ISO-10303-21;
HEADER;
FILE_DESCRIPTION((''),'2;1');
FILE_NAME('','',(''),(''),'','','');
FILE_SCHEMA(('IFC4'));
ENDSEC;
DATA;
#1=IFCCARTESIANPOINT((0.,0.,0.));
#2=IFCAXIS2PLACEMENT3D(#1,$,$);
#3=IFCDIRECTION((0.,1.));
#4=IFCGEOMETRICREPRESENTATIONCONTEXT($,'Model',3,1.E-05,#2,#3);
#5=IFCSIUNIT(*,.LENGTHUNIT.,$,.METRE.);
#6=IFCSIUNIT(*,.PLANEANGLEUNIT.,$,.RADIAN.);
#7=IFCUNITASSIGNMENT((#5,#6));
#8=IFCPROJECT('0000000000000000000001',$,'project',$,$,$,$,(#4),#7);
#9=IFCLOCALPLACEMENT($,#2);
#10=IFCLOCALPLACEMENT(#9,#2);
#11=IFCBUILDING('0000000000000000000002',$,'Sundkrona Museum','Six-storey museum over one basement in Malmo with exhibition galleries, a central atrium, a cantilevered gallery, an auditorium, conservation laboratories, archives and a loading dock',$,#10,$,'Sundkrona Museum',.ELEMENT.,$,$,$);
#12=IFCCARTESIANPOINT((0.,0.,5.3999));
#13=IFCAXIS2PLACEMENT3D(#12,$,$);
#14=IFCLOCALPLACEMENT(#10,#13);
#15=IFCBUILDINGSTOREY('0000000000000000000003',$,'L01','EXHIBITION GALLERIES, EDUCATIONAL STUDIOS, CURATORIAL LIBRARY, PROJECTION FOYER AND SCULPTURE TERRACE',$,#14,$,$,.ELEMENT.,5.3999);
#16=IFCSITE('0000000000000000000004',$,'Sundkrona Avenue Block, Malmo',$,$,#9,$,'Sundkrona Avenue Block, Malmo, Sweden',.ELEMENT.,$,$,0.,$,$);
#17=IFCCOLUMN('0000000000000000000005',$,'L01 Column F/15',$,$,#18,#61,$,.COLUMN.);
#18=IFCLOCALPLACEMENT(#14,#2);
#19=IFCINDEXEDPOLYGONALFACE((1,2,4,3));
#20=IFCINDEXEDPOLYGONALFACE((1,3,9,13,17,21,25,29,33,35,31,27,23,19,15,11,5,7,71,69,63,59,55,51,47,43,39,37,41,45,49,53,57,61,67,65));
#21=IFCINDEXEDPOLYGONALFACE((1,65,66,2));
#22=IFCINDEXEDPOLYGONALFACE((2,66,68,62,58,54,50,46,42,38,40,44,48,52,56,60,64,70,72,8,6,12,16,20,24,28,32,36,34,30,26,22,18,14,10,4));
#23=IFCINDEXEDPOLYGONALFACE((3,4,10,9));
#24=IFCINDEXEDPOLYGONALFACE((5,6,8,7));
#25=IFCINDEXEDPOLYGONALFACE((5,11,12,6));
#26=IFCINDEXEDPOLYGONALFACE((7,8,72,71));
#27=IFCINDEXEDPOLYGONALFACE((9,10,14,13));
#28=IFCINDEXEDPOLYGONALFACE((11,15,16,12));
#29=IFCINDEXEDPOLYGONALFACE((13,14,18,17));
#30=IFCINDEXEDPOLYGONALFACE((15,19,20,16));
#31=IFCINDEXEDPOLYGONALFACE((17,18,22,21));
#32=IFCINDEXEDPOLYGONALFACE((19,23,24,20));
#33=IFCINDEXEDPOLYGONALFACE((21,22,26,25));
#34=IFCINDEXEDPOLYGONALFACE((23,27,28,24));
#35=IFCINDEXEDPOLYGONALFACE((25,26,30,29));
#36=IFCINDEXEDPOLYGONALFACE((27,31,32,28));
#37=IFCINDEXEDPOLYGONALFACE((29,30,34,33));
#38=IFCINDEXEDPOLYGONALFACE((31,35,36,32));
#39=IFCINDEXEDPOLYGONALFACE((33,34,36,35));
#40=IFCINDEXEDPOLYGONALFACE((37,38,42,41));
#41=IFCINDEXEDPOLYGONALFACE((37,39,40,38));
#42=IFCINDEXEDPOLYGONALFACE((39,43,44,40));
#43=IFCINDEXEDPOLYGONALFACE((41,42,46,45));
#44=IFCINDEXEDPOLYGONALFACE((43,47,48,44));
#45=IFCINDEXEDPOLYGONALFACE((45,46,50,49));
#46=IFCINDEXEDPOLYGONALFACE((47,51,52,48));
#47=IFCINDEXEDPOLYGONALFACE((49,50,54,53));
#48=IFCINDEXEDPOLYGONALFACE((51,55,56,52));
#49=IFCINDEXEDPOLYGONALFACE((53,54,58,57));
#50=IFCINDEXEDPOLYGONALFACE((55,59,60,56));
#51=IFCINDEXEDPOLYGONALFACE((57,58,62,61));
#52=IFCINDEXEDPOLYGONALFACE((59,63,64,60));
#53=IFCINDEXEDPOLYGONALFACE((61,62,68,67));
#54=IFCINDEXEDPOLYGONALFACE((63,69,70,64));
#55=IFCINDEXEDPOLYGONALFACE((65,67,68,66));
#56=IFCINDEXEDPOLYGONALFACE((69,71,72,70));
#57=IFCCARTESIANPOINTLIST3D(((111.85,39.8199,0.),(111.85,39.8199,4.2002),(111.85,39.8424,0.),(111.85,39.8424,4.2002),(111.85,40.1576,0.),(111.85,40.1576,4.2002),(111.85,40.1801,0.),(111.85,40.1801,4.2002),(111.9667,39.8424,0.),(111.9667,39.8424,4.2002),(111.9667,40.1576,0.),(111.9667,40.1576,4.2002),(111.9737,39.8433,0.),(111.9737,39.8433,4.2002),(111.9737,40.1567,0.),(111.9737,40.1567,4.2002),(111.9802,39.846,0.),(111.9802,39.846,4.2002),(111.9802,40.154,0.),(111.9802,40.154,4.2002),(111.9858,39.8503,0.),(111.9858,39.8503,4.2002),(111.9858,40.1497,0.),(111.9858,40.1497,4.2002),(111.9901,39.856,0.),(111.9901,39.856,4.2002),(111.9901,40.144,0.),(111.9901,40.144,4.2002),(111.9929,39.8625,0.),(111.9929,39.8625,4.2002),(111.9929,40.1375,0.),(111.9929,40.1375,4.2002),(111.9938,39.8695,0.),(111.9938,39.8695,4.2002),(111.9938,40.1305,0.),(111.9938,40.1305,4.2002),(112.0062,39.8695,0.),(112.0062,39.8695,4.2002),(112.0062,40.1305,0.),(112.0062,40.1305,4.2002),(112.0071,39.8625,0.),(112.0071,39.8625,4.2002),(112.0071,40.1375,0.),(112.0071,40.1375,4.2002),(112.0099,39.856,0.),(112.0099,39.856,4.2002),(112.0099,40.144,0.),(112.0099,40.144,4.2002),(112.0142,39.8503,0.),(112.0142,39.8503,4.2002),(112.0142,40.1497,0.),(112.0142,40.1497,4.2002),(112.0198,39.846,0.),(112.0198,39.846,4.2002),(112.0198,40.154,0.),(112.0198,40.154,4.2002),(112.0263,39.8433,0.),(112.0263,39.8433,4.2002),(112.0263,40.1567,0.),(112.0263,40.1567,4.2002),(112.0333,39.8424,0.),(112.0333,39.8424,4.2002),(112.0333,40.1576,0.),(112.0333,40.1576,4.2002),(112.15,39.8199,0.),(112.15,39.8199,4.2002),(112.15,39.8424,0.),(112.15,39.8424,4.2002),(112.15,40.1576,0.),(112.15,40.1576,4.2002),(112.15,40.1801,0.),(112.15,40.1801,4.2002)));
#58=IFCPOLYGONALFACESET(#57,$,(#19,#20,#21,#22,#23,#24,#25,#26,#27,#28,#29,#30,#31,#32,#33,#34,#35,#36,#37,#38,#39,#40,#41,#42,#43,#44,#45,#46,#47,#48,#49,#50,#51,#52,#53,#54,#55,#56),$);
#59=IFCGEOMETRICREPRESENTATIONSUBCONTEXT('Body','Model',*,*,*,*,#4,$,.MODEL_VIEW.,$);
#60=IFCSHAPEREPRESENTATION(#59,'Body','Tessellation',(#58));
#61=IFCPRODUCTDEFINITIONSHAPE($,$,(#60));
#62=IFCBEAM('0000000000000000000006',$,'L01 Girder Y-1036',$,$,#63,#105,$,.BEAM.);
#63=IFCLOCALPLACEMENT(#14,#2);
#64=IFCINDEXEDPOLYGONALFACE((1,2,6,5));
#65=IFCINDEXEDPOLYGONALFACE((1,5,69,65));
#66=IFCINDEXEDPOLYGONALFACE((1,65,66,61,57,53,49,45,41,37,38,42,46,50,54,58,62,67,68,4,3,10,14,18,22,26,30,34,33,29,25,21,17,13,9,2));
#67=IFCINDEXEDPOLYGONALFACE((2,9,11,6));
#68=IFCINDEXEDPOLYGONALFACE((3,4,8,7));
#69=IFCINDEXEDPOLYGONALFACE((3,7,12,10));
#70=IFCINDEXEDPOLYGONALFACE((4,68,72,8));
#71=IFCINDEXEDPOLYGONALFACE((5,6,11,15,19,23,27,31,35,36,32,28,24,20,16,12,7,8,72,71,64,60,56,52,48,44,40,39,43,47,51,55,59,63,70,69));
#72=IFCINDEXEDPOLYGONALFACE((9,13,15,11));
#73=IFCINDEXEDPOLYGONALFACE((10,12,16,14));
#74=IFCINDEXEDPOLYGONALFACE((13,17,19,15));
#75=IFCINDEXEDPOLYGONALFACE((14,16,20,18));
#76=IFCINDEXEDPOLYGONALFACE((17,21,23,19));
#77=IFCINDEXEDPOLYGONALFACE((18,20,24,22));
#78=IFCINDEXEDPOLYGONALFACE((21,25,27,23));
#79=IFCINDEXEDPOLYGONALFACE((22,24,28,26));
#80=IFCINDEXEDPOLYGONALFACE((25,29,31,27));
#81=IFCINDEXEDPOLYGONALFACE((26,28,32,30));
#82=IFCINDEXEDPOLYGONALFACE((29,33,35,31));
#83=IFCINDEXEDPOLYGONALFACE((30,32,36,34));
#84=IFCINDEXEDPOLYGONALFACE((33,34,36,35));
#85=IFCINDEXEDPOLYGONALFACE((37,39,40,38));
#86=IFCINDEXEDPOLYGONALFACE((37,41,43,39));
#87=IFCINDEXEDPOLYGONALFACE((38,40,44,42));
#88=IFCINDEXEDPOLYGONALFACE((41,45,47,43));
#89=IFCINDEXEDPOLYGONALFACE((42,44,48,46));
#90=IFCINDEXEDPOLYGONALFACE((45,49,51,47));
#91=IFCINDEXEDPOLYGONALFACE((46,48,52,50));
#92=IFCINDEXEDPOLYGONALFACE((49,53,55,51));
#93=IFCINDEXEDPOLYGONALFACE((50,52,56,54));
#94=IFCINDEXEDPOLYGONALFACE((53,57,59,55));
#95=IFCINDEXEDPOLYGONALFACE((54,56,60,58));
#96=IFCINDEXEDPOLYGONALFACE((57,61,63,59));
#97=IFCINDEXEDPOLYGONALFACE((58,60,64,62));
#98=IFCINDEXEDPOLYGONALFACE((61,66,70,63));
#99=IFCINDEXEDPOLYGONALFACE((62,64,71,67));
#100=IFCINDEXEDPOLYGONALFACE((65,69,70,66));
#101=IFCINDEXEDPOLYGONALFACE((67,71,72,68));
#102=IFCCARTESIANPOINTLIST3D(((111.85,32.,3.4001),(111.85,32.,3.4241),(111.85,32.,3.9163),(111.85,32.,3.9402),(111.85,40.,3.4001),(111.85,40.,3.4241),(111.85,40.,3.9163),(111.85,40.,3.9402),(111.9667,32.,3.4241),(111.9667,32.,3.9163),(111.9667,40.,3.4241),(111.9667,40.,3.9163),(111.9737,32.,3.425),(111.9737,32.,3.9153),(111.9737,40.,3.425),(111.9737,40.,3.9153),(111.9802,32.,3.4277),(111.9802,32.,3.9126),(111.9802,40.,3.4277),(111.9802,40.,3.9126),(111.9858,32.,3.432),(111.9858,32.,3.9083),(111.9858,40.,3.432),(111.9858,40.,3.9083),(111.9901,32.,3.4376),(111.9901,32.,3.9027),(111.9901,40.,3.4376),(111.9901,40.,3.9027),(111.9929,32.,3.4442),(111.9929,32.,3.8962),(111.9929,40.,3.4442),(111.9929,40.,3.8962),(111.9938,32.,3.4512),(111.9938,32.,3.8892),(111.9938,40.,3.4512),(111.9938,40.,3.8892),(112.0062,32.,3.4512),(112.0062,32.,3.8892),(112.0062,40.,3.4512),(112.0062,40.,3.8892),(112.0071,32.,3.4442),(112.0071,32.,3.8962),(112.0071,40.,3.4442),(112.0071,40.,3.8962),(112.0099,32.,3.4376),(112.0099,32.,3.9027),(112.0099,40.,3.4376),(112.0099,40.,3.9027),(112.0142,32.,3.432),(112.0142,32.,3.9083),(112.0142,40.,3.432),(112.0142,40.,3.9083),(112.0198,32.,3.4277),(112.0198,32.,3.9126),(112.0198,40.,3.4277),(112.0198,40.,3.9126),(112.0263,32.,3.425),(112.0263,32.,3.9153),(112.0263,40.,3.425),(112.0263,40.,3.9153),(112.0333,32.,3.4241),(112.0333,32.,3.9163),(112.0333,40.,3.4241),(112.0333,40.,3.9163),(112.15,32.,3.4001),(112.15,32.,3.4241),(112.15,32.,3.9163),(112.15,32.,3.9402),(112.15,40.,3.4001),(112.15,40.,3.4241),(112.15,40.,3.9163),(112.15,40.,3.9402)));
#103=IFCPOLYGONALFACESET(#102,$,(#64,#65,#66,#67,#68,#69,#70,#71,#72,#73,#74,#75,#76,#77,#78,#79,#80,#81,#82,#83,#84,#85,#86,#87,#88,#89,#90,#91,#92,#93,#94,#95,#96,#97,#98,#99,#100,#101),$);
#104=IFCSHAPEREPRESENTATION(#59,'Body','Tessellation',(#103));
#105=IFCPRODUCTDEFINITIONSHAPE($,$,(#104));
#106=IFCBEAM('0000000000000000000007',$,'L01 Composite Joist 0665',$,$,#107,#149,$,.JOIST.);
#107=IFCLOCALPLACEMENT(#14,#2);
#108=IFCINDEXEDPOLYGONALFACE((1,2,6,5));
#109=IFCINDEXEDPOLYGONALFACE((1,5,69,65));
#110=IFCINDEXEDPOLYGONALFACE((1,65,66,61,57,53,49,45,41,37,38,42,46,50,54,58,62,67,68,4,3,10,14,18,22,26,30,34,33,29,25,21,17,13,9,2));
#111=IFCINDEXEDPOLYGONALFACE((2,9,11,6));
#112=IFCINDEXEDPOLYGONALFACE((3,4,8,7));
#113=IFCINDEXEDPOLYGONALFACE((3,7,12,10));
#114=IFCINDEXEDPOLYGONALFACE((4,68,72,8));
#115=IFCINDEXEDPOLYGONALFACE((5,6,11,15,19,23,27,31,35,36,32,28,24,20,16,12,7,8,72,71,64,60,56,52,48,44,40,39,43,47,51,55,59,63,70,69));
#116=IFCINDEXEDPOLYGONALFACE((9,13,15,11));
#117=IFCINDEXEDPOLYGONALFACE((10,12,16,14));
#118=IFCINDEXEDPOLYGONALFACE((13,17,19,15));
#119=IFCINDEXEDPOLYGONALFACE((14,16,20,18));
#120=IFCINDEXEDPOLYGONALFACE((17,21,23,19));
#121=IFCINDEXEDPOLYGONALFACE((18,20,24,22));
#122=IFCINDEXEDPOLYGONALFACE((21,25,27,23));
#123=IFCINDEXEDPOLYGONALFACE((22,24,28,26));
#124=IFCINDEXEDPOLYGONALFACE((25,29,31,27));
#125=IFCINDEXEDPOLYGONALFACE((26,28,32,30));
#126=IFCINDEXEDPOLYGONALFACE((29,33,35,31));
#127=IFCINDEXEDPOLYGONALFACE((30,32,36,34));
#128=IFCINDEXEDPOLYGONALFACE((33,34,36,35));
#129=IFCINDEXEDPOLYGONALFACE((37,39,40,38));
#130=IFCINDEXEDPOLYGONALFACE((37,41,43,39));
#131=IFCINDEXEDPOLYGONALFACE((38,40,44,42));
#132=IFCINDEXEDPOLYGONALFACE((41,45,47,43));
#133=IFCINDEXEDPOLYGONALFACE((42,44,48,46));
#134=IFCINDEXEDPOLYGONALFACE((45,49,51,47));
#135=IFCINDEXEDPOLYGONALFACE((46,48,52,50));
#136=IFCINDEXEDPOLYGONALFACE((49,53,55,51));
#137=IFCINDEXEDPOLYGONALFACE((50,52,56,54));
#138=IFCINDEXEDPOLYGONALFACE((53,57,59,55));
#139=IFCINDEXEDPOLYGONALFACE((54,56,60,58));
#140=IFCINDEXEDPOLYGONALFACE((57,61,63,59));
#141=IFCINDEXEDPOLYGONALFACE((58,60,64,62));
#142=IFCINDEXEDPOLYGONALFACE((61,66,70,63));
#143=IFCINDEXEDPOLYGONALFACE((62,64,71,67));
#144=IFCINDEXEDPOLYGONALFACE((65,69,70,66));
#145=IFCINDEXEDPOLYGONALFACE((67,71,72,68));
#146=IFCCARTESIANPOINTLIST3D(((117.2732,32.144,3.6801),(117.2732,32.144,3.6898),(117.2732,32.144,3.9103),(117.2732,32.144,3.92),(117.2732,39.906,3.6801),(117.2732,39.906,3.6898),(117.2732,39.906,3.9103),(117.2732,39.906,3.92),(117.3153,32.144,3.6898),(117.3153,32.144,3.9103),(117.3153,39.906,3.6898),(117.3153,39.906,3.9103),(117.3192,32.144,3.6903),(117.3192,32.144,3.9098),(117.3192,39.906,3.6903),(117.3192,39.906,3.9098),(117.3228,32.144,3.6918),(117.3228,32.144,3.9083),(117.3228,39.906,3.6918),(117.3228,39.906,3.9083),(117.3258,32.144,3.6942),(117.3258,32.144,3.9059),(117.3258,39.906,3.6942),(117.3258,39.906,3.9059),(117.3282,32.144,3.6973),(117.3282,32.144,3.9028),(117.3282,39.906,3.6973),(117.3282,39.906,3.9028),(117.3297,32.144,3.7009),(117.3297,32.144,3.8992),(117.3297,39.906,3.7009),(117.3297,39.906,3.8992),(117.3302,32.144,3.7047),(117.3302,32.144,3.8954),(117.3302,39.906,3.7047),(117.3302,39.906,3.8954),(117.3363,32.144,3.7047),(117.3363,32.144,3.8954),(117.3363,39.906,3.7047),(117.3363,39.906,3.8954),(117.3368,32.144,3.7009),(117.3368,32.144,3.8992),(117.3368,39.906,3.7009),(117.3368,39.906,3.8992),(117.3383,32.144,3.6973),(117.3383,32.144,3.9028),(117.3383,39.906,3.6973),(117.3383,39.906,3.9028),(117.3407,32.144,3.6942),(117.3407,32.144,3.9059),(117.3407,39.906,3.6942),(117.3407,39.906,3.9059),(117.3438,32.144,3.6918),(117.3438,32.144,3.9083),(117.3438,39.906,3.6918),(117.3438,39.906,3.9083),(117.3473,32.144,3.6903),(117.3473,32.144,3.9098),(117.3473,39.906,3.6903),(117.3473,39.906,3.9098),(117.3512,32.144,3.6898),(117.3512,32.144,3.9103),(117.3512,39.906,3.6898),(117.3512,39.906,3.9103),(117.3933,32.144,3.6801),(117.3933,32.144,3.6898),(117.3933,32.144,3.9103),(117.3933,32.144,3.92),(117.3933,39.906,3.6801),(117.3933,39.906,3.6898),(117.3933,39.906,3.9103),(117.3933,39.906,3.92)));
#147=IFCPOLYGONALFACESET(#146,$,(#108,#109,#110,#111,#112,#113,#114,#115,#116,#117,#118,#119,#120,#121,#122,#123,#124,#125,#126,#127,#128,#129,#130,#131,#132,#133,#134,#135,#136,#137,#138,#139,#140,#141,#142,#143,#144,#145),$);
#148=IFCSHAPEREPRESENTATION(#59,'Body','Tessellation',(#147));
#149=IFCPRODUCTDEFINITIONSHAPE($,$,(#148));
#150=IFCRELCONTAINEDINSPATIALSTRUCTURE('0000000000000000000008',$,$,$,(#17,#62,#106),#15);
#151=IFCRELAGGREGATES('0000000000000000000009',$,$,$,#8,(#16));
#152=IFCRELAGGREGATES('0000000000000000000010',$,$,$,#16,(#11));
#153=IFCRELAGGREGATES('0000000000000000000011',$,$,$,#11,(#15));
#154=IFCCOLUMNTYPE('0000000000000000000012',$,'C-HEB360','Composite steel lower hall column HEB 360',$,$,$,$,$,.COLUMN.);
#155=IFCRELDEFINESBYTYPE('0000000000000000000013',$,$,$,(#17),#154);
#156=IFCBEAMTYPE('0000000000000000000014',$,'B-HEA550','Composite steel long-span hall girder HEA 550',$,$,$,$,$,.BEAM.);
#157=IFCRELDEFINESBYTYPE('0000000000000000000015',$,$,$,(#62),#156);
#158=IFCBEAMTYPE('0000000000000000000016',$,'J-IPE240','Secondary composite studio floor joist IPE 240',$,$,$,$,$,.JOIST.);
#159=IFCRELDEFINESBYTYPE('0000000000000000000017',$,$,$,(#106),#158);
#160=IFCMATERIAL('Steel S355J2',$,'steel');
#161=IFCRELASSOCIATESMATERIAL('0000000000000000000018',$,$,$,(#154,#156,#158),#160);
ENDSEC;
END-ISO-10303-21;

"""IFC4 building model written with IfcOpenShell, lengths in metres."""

from ifc_helpers import new_model, si_unit, direction, frame, origin, origin_2d, place, context, subcontext, project, spatial, i_section, extrude, material, material_profile, profile_set, type_object, element, save


model = new_model("IFC4")

# Units and contexts
model_context = context("Model", 3, precision=1e-05, world=origin(), true_north=direction((0.0, 1.0)))
body_context = subcontext(model_context, "Body", "Model", "MODEL_VIEW")
ifc_project = project(units=[si_unit("LENGTHUNIT", "METRE"), si_unit("PLANEANGLEUNIT", "RADIAN")], contexts=[model_context])

# Site, building, storey
site_placement = place(None, origin())
site = spatial("IfcSite", under=ifc_project, at=site_placement, Name="Sundkrona Avenue Block, Malmo", LongName="Sundkrona Avenue Block, Malmo, Sweden", CompositionType="ELEMENT", RefElevation=0.0)
building_placement = place(site_placement, origin())
building = spatial("IfcBuilding", under=site, at=building_placement, Name="Sundkrona Museum", Description="Six-storey museum over one basement in Malmo with exhibition galleries, a central atrium, a cantilevered gallery, an auditorium, conservation laboratories, archives and a loading dock", LongName="Sundkrona Museum", CompositionType="ELEMENT")
storey_placement = place(building_placement, frame((0.0, 0.0, 5.3999)))
storey = spatial("IfcBuildingStorey", under=building, at=storey_placement, Name="L01", Description="EXHIBITION GALLERIES, EDUCATIONAL STUDIOS, CURATORIAL LIBRARY, PROJECTION FOYER AND SCULPTURE TERRACE", CompositionType="ELEMENT", Elevation=5.3999)

# Column
ifc_material_1 = material(Name="Steel S355J2", Category="steel")
ifc_material_profile_1 = material_profile(ifc_material_1, i_section(OverallWidth=0.3, OverallDepth=0.3601, WebThickness=0.0125, FlangeThickness=0.0225, FilletRadius=0.0271, at=origin_2d()), Name="HEB 360")
ifc_profile_set_1 = profile_set([ifc_material_profile_1], Name="Steel S355J2")
column_type = type_object("IfcColumnType", Name="C-HEB360", Description="Composite steel lower hall column HEB 360", PredefinedType="COLUMN", material=ifc_profile_set_1)
column_placement = place(storey_placement, frame((112.0, 40.0, 0.0), z_axis=(0.0, 0.0, 1.0), x_axis=(1.0, 0.0, 0.0)))
element("IfcColumn", 1, at=column_placement, inside=storey, type_object=column_type, Name="L01 Column F/15", PredefinedType="COLUMN", context=body_context, shape_type="SweptSolid", body=[
    extrude(i_section(OverallWidth=0.3, OverallDepth=0.3601, WebThickness=0.0125, FlangeThickness=0.0225, FilletRadius=0.0271, at=origin_2d()), origin(), (0.0, 0.0, 1.0), 4.2002),
])

# Beams
ifc_material_profile_2 = material_profile(ifc_material_1, i_section(OverallWidth=0.3, OverallDepth=0.54, WebThickness=0.0125, FlangeThickness=0.0239, FilletRadius=0.0271, at=origin_2d()), Name="HEA 550")
ifc_profile_set_2 = profile_set([ifc_material_profile_2], Name="Steel S355J2")
beam_type_1 = type_object("IfcBeamType", Name="B-HEA550", Description="Composite steel long-span hall girder HEA 550", PredefinedType="BEAM", material=ifc_profile_set_2)
beam_1_placement = place(storey_placement, frame((112.0, 32.0, 3.6702), z_axis=(0.0, 1.0, 0.0), x_axis=(-1.0, 0.0, 0.0)))
element("IfcBeam", 2, at=beam_1_placement, inside=storey, type_object=beam_type_1, Name="L01 Girder Y-1036", PredefinedType="BEAM", context=body_context, shape_type="SweptSolid", body=[
    extrude(i_section(OverallWidth=0.3, OverallDepth=0.54, WebThickness=0.0125, FlangeThickness=0.0239, FilletRadius=0.0271, at=origin_2d()), origin(), (0.0, 0.0, 1.0), 8.0),
])
ifc_material_profile_3 = material_profile(ifc_material_1, i_section(OverallWidth=0.1201, OverallDepth=0.24, WebThickness=0.0061, FlangeThickness=0.0098, FilletRadius=0.0149, at=origin_2d()), Name="IPE 240")
ifc_profile_set_3 = profile_set([ifc_material_profile_3], Name="Steel S355J2")
beam_type_2 = type_object("IfcBeamType", Name="J-IPE240", Description="Secondary composite studio floor joist IPE 240", PredefinedType="JOIST", material=ifc_profile_set_3)
beam_2_placement = place(storey_placement, frame((117.3333, 32.144, 3.8), z_axis=(0.0, 1.0, 0.0), x_axis=(-1.0, 0.0, 0.0)))
element("IfcBeam", 3, at=beam_2_placement, inside=storey, type_object=beam_type_2, Name="L01 Composite Joist 0665", PredefinedType="JOIST", context=body_context, shape_type="SweptSolid", body=[
    extrude(i_section(OverallWidth=0.1201, OverallDepth=0.24, WebThickness=0.0061, FlangeThickness=0.0098, FilletRadius=0.0149, at=origin_2d()), origin(), (0.0, 0.0, 1.0), 7.762),
])

save(model, "model.ifc")
